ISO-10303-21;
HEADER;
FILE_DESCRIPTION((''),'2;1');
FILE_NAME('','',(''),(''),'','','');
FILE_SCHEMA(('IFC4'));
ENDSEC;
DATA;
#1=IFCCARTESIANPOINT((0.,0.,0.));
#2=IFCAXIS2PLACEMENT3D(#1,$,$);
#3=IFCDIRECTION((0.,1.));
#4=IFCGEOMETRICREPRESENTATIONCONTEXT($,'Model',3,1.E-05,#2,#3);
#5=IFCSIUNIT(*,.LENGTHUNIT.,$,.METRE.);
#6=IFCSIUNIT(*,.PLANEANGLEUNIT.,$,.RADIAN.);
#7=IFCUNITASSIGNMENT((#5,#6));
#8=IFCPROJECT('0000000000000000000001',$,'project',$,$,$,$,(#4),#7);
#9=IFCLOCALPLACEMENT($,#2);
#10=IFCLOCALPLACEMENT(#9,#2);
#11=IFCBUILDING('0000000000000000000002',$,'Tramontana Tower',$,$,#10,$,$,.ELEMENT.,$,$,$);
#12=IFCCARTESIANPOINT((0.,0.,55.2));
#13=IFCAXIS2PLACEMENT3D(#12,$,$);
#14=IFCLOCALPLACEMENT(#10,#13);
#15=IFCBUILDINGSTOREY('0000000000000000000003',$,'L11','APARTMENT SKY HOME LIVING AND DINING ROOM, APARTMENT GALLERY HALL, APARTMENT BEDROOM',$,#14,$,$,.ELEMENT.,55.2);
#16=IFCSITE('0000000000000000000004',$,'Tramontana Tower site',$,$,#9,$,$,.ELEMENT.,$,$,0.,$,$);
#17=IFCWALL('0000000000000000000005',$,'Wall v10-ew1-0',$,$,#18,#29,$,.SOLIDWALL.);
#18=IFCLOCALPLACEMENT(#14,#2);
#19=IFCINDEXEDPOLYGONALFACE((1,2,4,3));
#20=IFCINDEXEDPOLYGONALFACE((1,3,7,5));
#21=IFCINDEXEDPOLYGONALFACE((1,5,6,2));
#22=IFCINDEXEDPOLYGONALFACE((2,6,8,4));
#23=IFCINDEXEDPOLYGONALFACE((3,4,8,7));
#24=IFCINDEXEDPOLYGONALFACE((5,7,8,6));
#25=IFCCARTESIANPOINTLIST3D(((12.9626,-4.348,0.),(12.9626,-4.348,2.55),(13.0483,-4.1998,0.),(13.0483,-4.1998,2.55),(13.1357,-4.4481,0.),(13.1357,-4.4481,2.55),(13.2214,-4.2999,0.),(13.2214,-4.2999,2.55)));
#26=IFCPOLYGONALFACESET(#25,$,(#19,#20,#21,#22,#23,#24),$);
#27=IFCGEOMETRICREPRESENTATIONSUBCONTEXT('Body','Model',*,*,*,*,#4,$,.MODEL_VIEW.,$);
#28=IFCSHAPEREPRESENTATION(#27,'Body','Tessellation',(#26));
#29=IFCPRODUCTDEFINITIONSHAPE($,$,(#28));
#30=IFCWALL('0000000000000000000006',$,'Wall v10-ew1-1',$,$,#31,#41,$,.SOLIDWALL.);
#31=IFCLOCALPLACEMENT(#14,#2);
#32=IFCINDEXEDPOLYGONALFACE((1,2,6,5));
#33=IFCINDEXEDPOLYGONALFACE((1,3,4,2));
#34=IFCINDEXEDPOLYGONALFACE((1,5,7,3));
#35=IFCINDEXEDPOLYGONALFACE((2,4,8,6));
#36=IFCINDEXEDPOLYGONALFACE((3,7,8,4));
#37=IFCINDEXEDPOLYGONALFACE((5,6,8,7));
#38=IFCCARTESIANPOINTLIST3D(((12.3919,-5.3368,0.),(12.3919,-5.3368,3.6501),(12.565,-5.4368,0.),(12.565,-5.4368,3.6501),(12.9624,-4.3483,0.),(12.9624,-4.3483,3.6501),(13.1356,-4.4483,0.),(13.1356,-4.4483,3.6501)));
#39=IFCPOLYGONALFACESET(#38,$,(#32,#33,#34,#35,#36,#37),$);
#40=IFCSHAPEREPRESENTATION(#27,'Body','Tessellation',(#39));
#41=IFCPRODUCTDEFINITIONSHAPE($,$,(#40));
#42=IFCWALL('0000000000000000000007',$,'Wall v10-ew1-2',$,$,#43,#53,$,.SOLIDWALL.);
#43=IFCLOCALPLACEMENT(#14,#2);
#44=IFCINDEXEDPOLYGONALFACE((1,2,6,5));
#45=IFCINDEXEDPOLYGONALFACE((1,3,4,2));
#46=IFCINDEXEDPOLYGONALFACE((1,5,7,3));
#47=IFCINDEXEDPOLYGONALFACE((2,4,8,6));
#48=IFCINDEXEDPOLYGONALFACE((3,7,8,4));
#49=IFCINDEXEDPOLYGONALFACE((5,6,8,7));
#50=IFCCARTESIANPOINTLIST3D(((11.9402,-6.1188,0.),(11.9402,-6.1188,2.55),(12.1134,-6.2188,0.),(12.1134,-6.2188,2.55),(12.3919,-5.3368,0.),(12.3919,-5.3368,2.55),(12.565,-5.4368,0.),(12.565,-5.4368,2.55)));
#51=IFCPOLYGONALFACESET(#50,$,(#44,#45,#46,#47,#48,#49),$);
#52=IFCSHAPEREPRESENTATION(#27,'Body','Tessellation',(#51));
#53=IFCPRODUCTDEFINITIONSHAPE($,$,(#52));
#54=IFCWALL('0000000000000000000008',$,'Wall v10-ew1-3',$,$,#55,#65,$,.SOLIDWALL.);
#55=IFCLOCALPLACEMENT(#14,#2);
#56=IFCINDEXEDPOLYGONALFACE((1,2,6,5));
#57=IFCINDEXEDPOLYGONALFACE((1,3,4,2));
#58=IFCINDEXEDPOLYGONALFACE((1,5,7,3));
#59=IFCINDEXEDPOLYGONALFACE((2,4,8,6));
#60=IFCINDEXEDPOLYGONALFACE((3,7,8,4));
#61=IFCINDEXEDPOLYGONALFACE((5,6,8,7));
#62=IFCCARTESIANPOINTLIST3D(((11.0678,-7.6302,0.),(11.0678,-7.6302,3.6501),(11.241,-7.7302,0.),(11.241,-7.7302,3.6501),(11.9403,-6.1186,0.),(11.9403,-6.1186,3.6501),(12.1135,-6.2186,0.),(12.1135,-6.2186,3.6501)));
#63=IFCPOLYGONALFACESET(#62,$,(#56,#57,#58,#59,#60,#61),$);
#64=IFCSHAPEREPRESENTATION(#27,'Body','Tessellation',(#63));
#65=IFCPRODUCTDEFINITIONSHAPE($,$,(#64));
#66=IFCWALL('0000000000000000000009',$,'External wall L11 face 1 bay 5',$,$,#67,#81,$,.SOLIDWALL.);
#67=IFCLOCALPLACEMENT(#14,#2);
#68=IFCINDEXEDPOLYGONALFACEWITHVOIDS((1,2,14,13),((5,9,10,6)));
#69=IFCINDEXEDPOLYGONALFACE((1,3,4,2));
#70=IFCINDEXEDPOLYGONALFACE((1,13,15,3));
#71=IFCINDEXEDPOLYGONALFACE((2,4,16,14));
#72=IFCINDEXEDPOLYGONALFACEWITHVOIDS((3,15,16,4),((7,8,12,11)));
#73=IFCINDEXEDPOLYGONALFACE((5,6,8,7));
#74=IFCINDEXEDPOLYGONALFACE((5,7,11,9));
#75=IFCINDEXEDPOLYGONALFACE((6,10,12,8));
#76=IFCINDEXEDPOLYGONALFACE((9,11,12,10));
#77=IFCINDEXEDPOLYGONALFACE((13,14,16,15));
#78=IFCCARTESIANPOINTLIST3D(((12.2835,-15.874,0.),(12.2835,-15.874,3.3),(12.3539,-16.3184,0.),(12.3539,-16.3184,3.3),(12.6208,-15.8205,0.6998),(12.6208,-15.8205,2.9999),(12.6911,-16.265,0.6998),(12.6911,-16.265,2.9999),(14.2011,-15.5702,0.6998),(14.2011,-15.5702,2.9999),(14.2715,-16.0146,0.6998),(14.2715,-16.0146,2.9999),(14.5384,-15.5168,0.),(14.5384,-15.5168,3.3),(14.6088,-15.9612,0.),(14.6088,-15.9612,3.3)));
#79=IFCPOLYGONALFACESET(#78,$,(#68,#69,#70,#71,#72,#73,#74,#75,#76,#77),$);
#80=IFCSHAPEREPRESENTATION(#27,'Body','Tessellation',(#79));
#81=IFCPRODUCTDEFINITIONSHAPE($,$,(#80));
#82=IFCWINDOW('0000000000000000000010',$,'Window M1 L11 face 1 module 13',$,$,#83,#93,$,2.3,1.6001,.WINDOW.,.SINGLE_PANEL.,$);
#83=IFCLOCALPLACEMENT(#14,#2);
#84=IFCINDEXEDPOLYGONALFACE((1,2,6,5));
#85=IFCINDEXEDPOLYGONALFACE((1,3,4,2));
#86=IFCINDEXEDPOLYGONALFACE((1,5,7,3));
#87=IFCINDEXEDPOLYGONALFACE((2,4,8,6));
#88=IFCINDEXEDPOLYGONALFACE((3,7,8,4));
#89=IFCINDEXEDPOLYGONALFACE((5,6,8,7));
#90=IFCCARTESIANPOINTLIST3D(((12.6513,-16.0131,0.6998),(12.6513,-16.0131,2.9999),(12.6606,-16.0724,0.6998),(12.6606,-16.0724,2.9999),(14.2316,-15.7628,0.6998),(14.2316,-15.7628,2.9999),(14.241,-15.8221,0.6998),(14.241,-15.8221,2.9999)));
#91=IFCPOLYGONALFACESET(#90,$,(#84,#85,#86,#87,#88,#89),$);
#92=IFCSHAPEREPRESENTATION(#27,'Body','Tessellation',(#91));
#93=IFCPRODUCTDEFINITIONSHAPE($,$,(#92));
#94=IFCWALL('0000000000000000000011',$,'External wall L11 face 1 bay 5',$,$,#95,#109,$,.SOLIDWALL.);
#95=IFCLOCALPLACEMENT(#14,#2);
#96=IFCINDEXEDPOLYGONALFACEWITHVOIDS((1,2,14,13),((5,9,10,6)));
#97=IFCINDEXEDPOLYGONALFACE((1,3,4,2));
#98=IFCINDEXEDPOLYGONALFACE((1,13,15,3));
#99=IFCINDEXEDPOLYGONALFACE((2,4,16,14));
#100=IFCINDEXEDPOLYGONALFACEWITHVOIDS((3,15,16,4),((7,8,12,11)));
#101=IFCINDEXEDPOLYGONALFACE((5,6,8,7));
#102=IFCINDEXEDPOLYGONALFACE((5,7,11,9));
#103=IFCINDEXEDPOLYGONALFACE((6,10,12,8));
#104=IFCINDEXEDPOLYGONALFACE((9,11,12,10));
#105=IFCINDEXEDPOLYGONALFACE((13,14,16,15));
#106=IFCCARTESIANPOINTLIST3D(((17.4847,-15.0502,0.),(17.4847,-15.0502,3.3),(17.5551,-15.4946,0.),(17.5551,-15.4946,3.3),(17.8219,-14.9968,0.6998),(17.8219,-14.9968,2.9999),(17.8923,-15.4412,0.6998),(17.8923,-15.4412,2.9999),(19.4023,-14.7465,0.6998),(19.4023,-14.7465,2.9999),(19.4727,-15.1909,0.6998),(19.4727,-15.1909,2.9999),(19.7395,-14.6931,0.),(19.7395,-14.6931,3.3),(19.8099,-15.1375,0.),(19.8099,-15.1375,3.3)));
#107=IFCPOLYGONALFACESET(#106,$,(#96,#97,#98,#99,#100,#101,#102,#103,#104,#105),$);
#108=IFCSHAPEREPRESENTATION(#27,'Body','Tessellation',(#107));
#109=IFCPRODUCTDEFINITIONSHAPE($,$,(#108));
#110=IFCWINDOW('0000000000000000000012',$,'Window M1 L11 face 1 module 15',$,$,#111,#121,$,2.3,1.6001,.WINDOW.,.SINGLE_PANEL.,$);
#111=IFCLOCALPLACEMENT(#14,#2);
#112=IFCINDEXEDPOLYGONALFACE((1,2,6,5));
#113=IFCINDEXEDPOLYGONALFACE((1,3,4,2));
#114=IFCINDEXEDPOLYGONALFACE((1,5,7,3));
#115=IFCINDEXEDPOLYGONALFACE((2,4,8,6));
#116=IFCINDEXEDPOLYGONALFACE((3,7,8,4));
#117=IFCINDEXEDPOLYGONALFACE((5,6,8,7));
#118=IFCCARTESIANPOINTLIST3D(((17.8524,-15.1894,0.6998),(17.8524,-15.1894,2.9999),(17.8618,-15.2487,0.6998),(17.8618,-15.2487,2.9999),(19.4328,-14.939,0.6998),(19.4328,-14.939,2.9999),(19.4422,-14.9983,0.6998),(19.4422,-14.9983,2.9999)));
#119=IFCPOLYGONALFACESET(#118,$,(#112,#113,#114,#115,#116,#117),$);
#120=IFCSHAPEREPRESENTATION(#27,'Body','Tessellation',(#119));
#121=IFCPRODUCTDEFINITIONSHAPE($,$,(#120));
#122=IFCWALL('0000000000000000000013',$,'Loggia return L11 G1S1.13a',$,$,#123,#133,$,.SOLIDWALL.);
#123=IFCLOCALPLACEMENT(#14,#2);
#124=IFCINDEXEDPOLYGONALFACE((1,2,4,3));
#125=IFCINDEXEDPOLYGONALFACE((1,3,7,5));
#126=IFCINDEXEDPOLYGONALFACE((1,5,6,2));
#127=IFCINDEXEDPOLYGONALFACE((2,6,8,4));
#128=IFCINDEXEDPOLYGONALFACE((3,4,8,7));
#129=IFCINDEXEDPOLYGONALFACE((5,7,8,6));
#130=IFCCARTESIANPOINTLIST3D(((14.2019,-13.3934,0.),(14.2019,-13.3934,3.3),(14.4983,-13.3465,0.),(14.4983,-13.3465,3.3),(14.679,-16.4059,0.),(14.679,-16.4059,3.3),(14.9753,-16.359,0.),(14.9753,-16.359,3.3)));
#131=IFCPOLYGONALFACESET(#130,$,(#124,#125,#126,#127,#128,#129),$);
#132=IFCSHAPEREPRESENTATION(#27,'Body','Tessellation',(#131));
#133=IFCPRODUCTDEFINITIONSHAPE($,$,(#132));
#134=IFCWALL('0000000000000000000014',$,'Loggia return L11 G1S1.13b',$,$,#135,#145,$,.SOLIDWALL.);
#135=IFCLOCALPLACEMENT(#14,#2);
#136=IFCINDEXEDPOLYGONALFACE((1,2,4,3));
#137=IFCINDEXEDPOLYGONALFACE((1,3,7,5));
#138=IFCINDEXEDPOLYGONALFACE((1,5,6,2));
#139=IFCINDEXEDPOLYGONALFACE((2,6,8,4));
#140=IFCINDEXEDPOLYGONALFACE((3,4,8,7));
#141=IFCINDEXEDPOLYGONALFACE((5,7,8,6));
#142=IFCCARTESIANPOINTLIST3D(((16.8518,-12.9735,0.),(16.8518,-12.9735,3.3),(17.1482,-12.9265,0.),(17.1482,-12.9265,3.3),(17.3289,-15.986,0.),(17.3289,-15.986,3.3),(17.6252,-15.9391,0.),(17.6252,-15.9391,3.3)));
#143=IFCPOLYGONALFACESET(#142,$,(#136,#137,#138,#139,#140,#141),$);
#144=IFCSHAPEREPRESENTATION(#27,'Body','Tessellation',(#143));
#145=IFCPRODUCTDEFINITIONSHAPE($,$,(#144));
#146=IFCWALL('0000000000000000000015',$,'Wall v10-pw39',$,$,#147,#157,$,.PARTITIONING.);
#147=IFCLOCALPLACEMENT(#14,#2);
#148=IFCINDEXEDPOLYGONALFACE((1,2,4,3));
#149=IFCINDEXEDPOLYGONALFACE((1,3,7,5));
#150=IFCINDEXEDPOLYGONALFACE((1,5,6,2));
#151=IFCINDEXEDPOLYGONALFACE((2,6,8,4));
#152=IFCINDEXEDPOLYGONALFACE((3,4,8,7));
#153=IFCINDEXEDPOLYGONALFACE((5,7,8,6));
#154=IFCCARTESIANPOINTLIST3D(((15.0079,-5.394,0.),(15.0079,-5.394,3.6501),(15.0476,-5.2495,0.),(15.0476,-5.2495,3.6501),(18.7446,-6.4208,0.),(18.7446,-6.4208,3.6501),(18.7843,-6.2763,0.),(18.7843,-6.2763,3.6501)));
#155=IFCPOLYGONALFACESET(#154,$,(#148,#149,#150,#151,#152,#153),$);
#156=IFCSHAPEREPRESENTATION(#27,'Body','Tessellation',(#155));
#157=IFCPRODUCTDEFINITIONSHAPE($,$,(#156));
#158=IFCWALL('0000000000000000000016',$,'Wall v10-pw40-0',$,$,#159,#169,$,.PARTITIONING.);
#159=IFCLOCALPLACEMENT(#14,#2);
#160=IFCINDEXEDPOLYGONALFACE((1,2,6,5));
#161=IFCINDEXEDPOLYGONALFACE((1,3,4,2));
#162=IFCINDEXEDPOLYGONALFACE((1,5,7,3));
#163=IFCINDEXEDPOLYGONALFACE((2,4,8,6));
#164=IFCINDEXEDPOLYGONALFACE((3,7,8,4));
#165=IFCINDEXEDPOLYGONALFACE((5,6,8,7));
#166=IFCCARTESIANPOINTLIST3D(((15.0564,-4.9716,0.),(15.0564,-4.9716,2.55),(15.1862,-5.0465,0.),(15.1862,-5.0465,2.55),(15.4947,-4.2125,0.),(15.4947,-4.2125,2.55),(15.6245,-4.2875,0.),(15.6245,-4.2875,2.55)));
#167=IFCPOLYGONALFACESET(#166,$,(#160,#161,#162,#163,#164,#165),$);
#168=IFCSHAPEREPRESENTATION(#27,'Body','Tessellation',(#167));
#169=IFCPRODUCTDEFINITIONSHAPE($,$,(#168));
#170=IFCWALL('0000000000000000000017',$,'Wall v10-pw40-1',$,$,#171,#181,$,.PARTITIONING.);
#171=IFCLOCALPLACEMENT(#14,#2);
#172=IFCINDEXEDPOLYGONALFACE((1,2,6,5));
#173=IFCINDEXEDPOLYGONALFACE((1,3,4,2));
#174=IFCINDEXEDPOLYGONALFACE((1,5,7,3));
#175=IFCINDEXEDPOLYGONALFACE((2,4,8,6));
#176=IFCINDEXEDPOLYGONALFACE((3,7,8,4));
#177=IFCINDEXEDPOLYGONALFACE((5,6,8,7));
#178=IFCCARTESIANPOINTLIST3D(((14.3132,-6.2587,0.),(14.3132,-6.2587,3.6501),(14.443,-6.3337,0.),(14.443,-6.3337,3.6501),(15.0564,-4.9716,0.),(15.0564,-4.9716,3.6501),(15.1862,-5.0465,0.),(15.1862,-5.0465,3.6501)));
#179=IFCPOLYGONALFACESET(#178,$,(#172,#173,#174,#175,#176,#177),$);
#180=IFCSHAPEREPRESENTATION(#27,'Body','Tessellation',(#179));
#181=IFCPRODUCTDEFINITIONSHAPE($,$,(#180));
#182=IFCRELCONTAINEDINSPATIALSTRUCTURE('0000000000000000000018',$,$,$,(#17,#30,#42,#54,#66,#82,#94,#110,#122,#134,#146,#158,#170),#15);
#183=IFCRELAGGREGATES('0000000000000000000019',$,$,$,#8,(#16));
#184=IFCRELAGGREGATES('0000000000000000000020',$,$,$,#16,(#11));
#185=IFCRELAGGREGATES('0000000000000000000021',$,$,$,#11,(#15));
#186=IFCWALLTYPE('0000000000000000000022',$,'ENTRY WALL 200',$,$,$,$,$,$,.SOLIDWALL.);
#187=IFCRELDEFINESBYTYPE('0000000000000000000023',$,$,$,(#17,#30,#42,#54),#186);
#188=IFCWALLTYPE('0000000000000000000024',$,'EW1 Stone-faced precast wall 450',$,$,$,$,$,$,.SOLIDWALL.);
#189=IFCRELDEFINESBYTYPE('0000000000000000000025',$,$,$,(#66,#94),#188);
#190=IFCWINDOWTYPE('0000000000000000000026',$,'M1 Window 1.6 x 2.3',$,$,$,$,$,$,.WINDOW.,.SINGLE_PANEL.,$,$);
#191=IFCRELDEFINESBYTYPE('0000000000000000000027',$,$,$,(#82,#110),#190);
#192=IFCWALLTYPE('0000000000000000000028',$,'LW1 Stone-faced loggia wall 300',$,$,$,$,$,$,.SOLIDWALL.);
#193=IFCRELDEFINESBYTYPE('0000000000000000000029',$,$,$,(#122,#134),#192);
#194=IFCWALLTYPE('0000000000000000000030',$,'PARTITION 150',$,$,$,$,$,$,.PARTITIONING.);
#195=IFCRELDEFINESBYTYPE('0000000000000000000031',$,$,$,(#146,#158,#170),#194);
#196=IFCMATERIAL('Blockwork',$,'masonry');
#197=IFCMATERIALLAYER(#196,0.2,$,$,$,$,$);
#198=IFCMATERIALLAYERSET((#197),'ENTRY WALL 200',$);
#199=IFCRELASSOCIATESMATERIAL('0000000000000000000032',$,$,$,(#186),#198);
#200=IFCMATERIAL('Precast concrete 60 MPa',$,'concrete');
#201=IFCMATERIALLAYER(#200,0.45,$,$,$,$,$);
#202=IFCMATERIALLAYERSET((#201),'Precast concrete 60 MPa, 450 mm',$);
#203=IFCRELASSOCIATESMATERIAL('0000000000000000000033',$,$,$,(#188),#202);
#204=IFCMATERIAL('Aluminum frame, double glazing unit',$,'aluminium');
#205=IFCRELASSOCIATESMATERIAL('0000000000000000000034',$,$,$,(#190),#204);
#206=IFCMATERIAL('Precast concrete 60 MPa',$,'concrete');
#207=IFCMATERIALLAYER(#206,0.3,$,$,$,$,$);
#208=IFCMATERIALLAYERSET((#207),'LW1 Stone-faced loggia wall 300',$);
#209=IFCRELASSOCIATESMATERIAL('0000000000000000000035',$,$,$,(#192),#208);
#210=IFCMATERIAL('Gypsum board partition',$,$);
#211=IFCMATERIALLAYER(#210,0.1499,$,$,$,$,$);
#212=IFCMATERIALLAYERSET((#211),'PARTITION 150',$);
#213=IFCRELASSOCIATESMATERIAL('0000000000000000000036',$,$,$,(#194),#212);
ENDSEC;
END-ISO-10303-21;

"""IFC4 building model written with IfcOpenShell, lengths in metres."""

from ifc_helpers import new_model, si_unit, direction, frame, frame_2d, origin, place, context, subcontext, project, spatial, rectangle, extrude, material, layer, layer_set, type_object, element, fill, save


model = new_model("IFC4")

# Units and contexts
model_context = context("Model", 3, precision=1e-05, world=origin(), true_north=direction((0.0, 1.0)))
body_context = subcontext(model_context, "Body", "Model", "MODEL_VIEW")
ifc_project = project(units=[si_unit("LENGTHUNIT", "METRE"), si_unit("PLANEANGLEUNIT", "RADIAN")], contexts=[model_context])

# Site, building, storey
site_placement = place(None, origin())
site = spatial("IfcSite", under=ifc_project, at=site_placement, Name="Tramontana Tower site", CompositionType="ELEMENT", RefElevation=0.0)
building_placement = place(site_placement, origin())
building = spatial("IfcBuilding", under=site, at=building_placement, Name="Tramontana Tower", CompositionType="ELEMENT")
storey_placement = place(building_placement, frame((0.0, 0.0, 55.2)))
storey = spatial("IfcBuildingStorey", under=building, at=storey_placement, Name="L11", Description="APARTMENT SKY HOME LIVING AND DINING ROOM, APARTMENT GALLERY HALL, APARTMENT BEDROOM", CompositionType="ELEMENT", Elevation=55.2)

# Shared definitions
ifc_material_1 = material(Name="Blockwork", Category="masonry")
ifc_layer_1 = layer(ifc_material_1, 0.2)
ifc_layer_set_1 = layer_set([ifc_layer_1], Name="ENTRY WALL 200")
wall_type_1 = type_object("IfcWallType", Name="ENTRY WALL 200", PredefinedType="SOLIDWALL", material=ifc_layer_set_1)

# Walls
wall_1_placement = place(storey_placement, frame((13.1348, -4.25, 0.0), z_axis=(0.0, 0.0, 1.0), x_axis=(-0.500586, -0.865687, 0.0)))
element("IfcWall", 1, at=wall_1_placement, inside=storey, type_object=wall_type_1, Name="Wall v10-ew1-0", PredefinedType="SOLIDWALL", context=body_context, shape_type="SweptSolid", body=[
    extrude(rectangle(XDim=0.1711, YDim=0.2, at=frame_2d((0.0854, 0.0))), origin(), (0.0, 0.0, 1.0), 2.55),
])
wall_2_placement = place(storey_placement, frame((13.0491, -4.3982, 0.0), z_axis=(0.0, 0.0, 1.0), x_axis=(-0.499889, -0.866089, 0.0)))
element("IfcWall", 2, at=wall_2_placement, inside=storey, type_object=wall_type_1, Name="Wall v10-ew1-1", PredefinedType="SOLIDWALL", context=body_context, shape_type="SweptSolid", body=[
    extrude(rectangle(XDim=1.1414, YDim=0.2, at=frame_2d((0.5708, 0.0))), origin(), (0.0, 0.0, 1.0), 3.6501),
])
wall_3_placement = place(storey_placement, frame((12.4785, -5.3867, 0.0), z_axis=(0.0, 0.0, 1.0), x_axis=(-0.500151, -0.865938, 0.0)))
element("IfcWall", 3, at=wall_3_placement, inside=storey, type_object=wall_type_1, Name="Wall v10-ew1-2", PredefinedType="SOLIDWALL", context=body_context, shape_type="SweptSolid", body=[
    extrude(rectangle(XDim=0.9031, YDim=0.2, at=frame_2d((0.4517, 0.0))), origin(), (0.0, 0.0, 1.0), 2.55),
])
wall_4_placement = place(storey_placement, frame((12.0269, -6.1687, 0.0), z_axis=(0.0, 0.0, 1.0), x_axis=(-0.4999, -0.866083, 0.0)))
element("IfcWall", 4, at=wall_4_placement, inside=storey, type_object=wall_type_1, Name="Wall v10-ew1-3", PredefinedType="SOLIDWALL", context=body_context, shape_type="SweptSolid", body=[
    extrude(rectangle(XDim=1.7454, YDim=0.2, at=frame_2d((0.8726, 0.0))), origin(), (0.0, 0.0, 1.0), 3.6501),
])

# Walls, openings, windows
ifc_material_2 = material(Name="Precast concrete 60 MPa", Category="concrete")
ifc_layer_2 = layer(ifc_material_2, 0.45)
ifc_layer_set_2 = layer_set([ifc_layer_2], Name="Precast concrete 60 MPa, 450 mm")
wall_type_2 = type_object("IfcWallType", Name="EW1 Stone-faced precast wall 450", PredefinedType="SOLIDWALL", material=ifc_layer_set_2)
wall_5_placement = place(storey_placement, frame((12.3186, -16.0962, 0.0), z_axis=(0.0, 0.0, 1.0), x_axis=(0.987686, 0.156451, 0.0)))
wall_5 = element("IfcWall", 5, at=wall_5_placement, inside=storey, type_object=wall_type_2, Name="External wall L11 face 1 bay 5", PredefinedType="SOLIDWALL", context=body_context, shape_type="SweptSolid", body=[
    extrude(rectangle(XDim=2.283, YDim=0.45, at=frame_2d((1.1416, 0.0))), origin(), (0.0, 0.0, 1.0), 3.3),
])
opening_1_placement = place(wall_5_placement, frame((0.3416, 0.0, 0.7)))
opening_1 = element("IfcOpeningElement", 6, at=opening_1_placement, cuts=wall_5, PredefinedType="OPENING", context=body_context, shape_type="SweptSolid", body=[
    extrude(rectangle(XDim=1.6001, YDim=2.3, at=frame_2d((0.8, 1.1499))), frame((0.0, 0.2349, 0.0), z_axis=(0.0, -1.0, 0.0), x_axis=(1.0, 0.0, 0.0)), (0.0, 0.0, 1.0), 0.47),
])
ifc_material_3 = material(Name="Aluminum frame, double glazing unit", Category="aluminium")
window_type = type_object("IfcWindowType", Name="M1 Window 1.6 x 2.3", PartitioningType="SINGLE_PANEL", PredefinedType="WINDOW", material=ifc_material_3)
window_1_placement = place(opening_1_placement, origin())
window_1 = element("IfcWindow", 7, at=window_1_placement, inside=storey, type_object=window_type, Name="Window M1 L11 face 1 module 13", OverallHeight=2.3, OverallWidth=1.6001, PartitioningType="SINGLE_PANEL", PredefinedType="WINDOW", context=body_context, shape_type="SweptSolid", body=[
    extrude(rectangle(XDim=1.6001, YDim=2.3, at=frame_2d((0.8, 1.1499))), frame((0.0, 0.03, 0.0), z_axis=(0.0, -1.0, 0.0), x_axis=(1.0, 0.0, 0.0)), (0.0, 0.0, 1.0), 0.0601),
])
fill(opening_1, window_1)
wall_6_placement = place(storey_placement, frame((17.5198, -15.2725, 0.0), z_axis=(0.0, 0.0, 1.0), x_axis=(0.987686, 0.156451, 0.0)))
wall_6 = element("IfcWall", 8, at=wall_6_placement, inside=storey, type_object=wall_type_2, Name="External wall L11 face 1 bay 5", PredefinedType="SOLIDWALL", context=body_context, shape_type="SweptSolid", body=[
    extrude(rectangle(XDim=2.283, YDim=0.45, at=frame_2d((1.1416, 0.0))), origin(), (0.0, 0.0, 1.0), 3.3),
])
opening_2_placement = place(wall_6_placement, frame((0.3416, 0.0, 0.7)))
opening_2 = element("IfcOpeningElement", 9, at=opening_2_placement, cuts=wall_6, PredefinedType="OPENING", context=body_context, shape_type="SweptSolid", body=[
    extrude(rectangle(XDim=1.6001, YDim=2.3, at=frame_2d((0.8, 1.1499))), frame((0.0, 0.2349, 0.0), z_axis=(0.0, -1.0, 0.0), x_axis=(1.0, 0.0, 0.0)), (0.0, 0.0, 1.0), 0.47),
])
window_2_placement = place(opening_2_placement, origin())
window_2 = element("IfcWindow", 10, at=window_2_placement, inside=storey, type_object=window_type, Name="Window M1 L11 face 1 module 15", OverallHeight=2.3, OverallWidth=1.6001, PartitioningType="SINGLE_PANEL", PredefinedType="WINDOW", context=body_context, shape_type="SweptSolid", body=[
    extrude(rectangle(XDim=1.6001, YDim=2.3, at=frame_2d((0.8, 1.1499))), frame((0.0, 0.03, 0.0), z_axis=(0.0, -1.0, 0.0), x_axis=(1.0, 0.0, 0.0)), (0.0, 0.0, 1.0), 0.0601),
])
fill(opening_2, window_2)

# Shared definitions
ifc_material_4 = material(Name="Precast concrete 60 MPa", Category="concrete")
ifc_layer_3 = layer(ifc_material_4, 0.3)
ifc_layer_set_3 = layer_set([ifc_layer_3], Name="LW1 Stone-faced loggia wall 300")
wall_type_3 = type_object("IfcWallType", Name="LW1 Stone-faced loggia wall 300", PredefinedType="SOLIDWALL", material=ifc_layer_set_3)

# Walls
for number, where, z_axis, x_axis, name in (
    (11, (14.8271, -16.3823, 0.0), (0.0, 0.0, 1.0), (-0.156411, 0.987692, 0.0), "Loggia return L11 G1S1.13a"),
    (12, (17.4771, -15.9624, 0.0), (0.0, 0.0, 1.0), (-0.156411, 0.987692, 0.0), "Loggia return L11 G1S1.13b"),
):
    element("IfcWall", number, at=place(storey_placement, frame(where, z_axis=z_axis, x_axis=x_axis)), inside=storey, type_object=wall_type_3, Name=name, PredefinedType="SOLIDWALL", context=body_context, shape_type="SweptSolid", body=[
        extrude(rectangle(XDim=3.05, YDim=0.3, at=frame_2d((1.5249, 0.0))), origin(), (0.0, 0.0, 1.0), 3.3),
    ])
ifc_material_5 = material(Name="Gypsum board partition")
ifc_layer_4 = layer(ifc_material_5, 0.1499)
ifc_layer_set_4 = layer_set([ifc_layer_4], Name="PARTITION 150")
wall_type_4 = type_object("IfcWallType", Name="PARTITION 150", PredefinedType="PARTITIONING", material=ifc_layer_set_4)
wall_7_placement = place(storey_placement, frame((15.0278, -5.3218, 0.0), z_axis=(0.0, 0.0, 1.0), x_axis=(0.964256, -0.264972, 0.0)))
element("IfcWall", 13, at=wall_7_placement, inside=storey, type_object=wall_type_4, Name="Wall v10-pw39", PredefinedType="PARTITIONING", context=body_context, shape_type="SweptSolid", body=[
    extrude(rectangle(XDim=3.8752, YDim=0.1499, at=frame_2d((1.9375, 0.0))), origin(), (0.0, 0.0, 1.0), 3.6501),
])
wall_8_placement = place(storey_placement, frame((15.5596, -4.25, 0.0), z_axis=(0.0, 0.0, 1.0), x_axis=(-0.500004, -0.866023, 0.0)))
element("IfcWall", 14, at=wall_8_placement, inside=storey, type_object=wall_type_4, Name="Wall v10-pw40-0", PredefinedType="PARTITIONING", context=body_context, shape_type="SweptSolid", body=[
    extrude(rectangle(XDim=0.8765, YDim=0.1499, at=frame_2d((0.4382, 0.0))), origin(), (0.0, 0.0, 1.0), 2.55),
])
wall_9_placement = place(storey_placement, frame((15.1213, -5.009, 0.0), z_axis=(0.0, 0.0, 1.0), x_axis=(-0.500026, -0.866011, 0.0)))
element("IfcWall", 15, at=wall_9_placement, inside=storey, type_object=wall_type_4, Name="Wall v10-pw40-1", PredefinedType="PARTITIONING", context=body_context, shape_type="SweptSolid", body=[
    extrude(rectangle(XDim=1.4863, YDim=0.1499, at=frame_2d((0.7432, 0.0))), origin(), (0.0, 0.0, 1.0), 3.6501),
])

save(model, "model.ifc")
